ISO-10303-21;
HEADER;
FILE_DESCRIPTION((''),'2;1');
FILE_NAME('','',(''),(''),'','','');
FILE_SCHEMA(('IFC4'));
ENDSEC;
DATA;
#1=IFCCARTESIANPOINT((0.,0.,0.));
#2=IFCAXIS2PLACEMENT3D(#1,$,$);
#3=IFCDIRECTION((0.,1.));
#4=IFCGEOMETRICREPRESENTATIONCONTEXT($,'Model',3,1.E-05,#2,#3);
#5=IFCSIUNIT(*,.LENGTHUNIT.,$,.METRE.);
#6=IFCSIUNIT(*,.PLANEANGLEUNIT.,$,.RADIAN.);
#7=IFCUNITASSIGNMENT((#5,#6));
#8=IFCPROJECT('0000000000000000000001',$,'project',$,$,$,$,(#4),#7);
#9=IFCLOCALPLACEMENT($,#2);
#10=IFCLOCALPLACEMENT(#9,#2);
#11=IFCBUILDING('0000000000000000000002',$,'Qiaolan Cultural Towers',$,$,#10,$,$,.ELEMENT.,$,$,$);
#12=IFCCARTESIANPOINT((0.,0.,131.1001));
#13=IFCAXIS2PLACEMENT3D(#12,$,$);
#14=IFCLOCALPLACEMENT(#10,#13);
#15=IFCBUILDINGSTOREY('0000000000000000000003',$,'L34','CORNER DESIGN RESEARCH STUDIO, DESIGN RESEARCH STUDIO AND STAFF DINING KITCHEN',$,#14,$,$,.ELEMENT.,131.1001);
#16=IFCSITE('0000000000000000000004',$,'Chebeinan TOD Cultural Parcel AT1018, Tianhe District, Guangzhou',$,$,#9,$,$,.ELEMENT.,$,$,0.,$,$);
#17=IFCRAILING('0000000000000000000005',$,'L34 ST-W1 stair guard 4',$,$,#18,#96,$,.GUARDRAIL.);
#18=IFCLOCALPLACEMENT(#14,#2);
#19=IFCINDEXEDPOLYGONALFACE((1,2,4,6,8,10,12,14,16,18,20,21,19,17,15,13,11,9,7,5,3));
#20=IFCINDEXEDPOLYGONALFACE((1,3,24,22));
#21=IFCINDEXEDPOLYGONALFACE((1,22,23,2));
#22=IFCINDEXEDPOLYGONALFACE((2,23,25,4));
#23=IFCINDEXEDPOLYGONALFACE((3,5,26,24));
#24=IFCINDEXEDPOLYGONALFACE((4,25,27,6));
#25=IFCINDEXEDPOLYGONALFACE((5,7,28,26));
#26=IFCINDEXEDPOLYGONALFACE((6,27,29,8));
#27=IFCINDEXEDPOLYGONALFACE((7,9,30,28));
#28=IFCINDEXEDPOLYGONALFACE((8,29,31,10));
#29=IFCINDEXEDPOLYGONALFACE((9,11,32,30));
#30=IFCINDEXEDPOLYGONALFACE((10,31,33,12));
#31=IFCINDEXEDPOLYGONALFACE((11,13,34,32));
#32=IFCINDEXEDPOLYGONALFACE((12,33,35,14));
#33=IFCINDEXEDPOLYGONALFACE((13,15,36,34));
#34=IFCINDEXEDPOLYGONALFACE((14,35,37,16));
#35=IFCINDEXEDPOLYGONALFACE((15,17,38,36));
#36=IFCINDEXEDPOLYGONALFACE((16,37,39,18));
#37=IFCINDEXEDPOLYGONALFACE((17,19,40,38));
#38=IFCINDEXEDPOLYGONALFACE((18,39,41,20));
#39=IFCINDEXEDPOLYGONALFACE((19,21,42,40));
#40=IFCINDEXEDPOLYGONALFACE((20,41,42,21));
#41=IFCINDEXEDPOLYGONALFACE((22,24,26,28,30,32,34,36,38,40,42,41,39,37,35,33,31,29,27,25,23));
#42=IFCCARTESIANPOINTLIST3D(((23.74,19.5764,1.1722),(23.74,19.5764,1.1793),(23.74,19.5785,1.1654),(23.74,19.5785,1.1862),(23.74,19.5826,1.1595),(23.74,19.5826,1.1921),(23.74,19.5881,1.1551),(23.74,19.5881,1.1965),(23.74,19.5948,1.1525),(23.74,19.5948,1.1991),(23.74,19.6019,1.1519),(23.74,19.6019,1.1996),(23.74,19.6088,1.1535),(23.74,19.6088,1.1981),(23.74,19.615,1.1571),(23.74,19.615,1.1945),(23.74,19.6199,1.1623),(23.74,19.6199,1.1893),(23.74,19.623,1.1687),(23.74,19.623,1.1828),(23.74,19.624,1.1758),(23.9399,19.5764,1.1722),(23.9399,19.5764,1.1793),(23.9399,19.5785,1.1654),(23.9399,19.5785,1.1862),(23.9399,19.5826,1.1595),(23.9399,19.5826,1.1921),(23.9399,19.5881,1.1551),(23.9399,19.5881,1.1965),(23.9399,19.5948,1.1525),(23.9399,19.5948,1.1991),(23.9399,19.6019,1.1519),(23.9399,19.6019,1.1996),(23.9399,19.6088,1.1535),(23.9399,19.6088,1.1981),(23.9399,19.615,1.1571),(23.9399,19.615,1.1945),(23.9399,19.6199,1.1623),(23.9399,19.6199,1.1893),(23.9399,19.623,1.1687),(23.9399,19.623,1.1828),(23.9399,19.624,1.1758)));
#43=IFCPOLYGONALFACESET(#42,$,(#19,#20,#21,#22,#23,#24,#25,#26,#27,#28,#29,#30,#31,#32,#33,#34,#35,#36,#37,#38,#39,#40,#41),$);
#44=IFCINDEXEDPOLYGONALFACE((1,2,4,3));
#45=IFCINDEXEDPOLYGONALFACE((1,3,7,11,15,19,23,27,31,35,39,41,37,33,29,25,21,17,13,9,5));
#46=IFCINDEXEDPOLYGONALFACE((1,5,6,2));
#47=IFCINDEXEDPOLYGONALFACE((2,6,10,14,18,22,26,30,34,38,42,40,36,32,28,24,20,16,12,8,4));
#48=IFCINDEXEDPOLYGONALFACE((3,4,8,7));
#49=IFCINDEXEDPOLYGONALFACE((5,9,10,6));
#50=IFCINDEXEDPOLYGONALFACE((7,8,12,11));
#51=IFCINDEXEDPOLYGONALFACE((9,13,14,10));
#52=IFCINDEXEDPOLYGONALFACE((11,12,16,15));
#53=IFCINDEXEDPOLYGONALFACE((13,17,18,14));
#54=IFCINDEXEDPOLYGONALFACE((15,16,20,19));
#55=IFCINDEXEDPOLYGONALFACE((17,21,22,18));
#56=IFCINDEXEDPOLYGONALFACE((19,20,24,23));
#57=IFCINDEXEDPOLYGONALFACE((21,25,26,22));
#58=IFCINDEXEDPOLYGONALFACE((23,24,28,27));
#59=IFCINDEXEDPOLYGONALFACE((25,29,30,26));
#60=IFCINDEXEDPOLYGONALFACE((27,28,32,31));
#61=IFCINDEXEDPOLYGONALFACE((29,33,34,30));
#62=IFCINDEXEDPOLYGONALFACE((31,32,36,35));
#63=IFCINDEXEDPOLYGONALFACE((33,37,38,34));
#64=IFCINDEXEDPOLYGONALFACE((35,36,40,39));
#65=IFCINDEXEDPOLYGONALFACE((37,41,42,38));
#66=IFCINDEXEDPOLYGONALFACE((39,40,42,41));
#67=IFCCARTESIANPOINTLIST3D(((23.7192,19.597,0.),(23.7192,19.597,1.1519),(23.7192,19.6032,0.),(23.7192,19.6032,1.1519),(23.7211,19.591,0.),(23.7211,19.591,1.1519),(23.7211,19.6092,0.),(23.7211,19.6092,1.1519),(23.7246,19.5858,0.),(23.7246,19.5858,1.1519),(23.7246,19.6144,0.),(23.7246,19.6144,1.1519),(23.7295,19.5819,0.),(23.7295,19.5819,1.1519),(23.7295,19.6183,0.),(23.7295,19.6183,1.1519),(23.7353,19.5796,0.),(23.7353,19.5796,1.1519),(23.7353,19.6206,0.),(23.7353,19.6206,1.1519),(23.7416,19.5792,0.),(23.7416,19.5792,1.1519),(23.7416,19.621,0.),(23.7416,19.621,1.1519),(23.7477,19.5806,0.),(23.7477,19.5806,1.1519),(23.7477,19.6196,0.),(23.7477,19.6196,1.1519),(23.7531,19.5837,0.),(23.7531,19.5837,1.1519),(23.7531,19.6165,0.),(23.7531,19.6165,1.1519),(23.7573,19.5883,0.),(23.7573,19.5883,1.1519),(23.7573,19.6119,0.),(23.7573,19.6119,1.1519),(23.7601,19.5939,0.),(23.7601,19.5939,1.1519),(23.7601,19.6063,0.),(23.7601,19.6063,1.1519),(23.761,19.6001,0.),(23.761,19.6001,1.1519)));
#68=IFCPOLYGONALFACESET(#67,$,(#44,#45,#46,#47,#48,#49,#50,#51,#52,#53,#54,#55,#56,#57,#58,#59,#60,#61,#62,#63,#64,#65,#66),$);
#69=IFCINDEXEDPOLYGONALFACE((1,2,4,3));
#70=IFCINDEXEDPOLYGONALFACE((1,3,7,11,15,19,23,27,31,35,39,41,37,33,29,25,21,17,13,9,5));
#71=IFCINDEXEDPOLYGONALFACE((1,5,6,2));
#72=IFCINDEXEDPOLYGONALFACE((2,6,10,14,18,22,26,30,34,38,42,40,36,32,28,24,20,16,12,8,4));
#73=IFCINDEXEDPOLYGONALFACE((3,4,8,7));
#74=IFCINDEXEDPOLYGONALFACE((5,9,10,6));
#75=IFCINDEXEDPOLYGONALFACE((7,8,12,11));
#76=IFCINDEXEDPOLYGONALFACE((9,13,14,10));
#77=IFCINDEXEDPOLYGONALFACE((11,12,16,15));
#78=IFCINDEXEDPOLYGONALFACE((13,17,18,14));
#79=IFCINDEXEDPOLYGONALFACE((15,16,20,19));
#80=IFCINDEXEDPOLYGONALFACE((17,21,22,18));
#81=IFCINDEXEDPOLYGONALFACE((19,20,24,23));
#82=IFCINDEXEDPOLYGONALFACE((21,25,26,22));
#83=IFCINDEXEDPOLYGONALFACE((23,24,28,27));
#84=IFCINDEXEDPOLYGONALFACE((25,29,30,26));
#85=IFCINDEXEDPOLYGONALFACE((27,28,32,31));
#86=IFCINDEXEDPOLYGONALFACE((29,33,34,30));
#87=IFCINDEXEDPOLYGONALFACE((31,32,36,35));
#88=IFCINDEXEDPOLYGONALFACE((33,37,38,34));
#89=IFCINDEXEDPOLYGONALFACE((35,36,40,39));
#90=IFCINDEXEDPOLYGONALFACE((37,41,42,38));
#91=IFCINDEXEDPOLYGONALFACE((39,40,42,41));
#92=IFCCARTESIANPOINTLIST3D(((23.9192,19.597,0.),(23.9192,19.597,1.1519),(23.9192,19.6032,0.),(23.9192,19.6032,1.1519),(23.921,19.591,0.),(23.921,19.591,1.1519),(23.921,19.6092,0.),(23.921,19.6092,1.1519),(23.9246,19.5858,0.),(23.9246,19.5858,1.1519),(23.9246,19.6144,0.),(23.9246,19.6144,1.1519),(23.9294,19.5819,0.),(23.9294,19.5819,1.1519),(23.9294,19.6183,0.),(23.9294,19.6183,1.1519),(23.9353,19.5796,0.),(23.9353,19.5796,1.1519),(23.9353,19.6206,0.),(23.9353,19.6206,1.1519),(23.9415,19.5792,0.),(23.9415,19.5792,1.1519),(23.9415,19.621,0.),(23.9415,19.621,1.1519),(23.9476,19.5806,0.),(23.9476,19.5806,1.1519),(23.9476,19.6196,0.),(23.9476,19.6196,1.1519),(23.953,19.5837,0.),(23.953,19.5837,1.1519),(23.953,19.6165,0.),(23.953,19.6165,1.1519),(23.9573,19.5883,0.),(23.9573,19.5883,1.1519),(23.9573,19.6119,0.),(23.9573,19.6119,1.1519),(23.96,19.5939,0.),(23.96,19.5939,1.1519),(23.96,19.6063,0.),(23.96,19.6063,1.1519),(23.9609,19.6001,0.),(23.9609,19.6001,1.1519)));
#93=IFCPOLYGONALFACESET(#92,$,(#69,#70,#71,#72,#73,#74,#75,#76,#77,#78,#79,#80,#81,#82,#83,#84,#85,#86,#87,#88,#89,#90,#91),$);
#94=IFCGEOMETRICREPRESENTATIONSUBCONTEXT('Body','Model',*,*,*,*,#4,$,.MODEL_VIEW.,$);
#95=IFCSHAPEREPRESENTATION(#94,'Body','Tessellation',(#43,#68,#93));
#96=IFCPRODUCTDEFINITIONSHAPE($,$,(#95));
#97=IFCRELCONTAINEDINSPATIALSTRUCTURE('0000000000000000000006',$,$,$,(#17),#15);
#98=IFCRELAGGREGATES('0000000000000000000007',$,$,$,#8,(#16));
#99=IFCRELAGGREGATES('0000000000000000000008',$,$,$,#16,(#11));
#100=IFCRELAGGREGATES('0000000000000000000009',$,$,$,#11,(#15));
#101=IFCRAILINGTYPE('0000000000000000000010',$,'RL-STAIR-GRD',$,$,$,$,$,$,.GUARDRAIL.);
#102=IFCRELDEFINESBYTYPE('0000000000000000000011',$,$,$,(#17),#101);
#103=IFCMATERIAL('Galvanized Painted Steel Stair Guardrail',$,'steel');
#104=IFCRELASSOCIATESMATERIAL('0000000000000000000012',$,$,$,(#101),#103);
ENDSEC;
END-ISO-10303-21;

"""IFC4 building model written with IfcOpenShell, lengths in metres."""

from ifc_helpers import new_model, si_unit, direction, frame, origin, origin_2d, place, context, subcontext, project, spatial, circle, extrude, material, type_object, element, save


model = new_model("IFC4")

# Units and contexts
model_context = context("Model", 3, precision=1e-05, world=origin(), true_north=direction((0.0, 1.0)))
body_context = subcontext(model_context, "Body", "Model", "MODEL_VIEW")
ifc_project = project(units=[si_unit("LENGTHUNIT", "METRE"), si_unit("PLANEANGLEUNIT", "RADIAN")], contexts=[model_context])

# Site, building, storey
site_placement = place(None, origin())
site = spatial("IfcSite", under=ifc_project, at=site_placement, Name="Chebeinan TOD Cultural Parcel AT1018, Tianhe District, Guangzhou", CompositionType="ELEMENT", RefElevation=0.0)
building_placement = place(site_placement, origin())
building = spatial("IfcBuilding", under=site, at=building_placement, Name="Qiaolan Cultural Towers", CompositionType="ELEMENT")
storey_placement = place(building_placement, frame((0.0, 0.0, 131.1001)))
storey = spatial("IfcBuildingStorey", under=building, at=storey_placement, Name="L34", Description="CORNER DESIGN RESEARCH STUDIO, DESIGN RESEARCH STUDIO AND STAFF DINING KITCHEN", CompositionType="ELEMENT", Elevation=131.1001)

# Railing
ifc_material_1 = material(Name="Galvanized Painted Steel Stair Guardrail", Category="steel")
railing_type_1 = type_object("IfcRailingType", Name="RL-STAIR-GRD", PredefinedType="GUARDRAIL", material=ifc_material_1)
railing_1_placement = place(storey_placement, frame((23.74, 19.6001, 0.0)))
element("IfcRailing", 1, at=railing_1_placement, inside=storey, type_object=railing_type_1, Name="L34 ST-W1 stair guard 4", PredefinedType="GUARDRAIL", context=body_context, shape_type="SweptSolid", body=[
    extrude(circle(Radius=0.0239, at=origin_2d()), frame((0.0, 0.0, 1.1758), z_axis=(1.0, 0.0, 0.0), x_axis=(0.0, 1.0, 0.0)), (0.0, 0.0, 1.0), 0.2),
    extrude(circle(Radius=0.021, at=origin_2d()), origin(), (0.0, 0.0, 1.0), 1.1519),
    extrude(circle(Radius=0.021, at=origin_2d()), frame((0.2, 0.0, 0.0)), (0.0, 0.0, 1.0), 1.1519),
])

save(model, "model.ifc")
